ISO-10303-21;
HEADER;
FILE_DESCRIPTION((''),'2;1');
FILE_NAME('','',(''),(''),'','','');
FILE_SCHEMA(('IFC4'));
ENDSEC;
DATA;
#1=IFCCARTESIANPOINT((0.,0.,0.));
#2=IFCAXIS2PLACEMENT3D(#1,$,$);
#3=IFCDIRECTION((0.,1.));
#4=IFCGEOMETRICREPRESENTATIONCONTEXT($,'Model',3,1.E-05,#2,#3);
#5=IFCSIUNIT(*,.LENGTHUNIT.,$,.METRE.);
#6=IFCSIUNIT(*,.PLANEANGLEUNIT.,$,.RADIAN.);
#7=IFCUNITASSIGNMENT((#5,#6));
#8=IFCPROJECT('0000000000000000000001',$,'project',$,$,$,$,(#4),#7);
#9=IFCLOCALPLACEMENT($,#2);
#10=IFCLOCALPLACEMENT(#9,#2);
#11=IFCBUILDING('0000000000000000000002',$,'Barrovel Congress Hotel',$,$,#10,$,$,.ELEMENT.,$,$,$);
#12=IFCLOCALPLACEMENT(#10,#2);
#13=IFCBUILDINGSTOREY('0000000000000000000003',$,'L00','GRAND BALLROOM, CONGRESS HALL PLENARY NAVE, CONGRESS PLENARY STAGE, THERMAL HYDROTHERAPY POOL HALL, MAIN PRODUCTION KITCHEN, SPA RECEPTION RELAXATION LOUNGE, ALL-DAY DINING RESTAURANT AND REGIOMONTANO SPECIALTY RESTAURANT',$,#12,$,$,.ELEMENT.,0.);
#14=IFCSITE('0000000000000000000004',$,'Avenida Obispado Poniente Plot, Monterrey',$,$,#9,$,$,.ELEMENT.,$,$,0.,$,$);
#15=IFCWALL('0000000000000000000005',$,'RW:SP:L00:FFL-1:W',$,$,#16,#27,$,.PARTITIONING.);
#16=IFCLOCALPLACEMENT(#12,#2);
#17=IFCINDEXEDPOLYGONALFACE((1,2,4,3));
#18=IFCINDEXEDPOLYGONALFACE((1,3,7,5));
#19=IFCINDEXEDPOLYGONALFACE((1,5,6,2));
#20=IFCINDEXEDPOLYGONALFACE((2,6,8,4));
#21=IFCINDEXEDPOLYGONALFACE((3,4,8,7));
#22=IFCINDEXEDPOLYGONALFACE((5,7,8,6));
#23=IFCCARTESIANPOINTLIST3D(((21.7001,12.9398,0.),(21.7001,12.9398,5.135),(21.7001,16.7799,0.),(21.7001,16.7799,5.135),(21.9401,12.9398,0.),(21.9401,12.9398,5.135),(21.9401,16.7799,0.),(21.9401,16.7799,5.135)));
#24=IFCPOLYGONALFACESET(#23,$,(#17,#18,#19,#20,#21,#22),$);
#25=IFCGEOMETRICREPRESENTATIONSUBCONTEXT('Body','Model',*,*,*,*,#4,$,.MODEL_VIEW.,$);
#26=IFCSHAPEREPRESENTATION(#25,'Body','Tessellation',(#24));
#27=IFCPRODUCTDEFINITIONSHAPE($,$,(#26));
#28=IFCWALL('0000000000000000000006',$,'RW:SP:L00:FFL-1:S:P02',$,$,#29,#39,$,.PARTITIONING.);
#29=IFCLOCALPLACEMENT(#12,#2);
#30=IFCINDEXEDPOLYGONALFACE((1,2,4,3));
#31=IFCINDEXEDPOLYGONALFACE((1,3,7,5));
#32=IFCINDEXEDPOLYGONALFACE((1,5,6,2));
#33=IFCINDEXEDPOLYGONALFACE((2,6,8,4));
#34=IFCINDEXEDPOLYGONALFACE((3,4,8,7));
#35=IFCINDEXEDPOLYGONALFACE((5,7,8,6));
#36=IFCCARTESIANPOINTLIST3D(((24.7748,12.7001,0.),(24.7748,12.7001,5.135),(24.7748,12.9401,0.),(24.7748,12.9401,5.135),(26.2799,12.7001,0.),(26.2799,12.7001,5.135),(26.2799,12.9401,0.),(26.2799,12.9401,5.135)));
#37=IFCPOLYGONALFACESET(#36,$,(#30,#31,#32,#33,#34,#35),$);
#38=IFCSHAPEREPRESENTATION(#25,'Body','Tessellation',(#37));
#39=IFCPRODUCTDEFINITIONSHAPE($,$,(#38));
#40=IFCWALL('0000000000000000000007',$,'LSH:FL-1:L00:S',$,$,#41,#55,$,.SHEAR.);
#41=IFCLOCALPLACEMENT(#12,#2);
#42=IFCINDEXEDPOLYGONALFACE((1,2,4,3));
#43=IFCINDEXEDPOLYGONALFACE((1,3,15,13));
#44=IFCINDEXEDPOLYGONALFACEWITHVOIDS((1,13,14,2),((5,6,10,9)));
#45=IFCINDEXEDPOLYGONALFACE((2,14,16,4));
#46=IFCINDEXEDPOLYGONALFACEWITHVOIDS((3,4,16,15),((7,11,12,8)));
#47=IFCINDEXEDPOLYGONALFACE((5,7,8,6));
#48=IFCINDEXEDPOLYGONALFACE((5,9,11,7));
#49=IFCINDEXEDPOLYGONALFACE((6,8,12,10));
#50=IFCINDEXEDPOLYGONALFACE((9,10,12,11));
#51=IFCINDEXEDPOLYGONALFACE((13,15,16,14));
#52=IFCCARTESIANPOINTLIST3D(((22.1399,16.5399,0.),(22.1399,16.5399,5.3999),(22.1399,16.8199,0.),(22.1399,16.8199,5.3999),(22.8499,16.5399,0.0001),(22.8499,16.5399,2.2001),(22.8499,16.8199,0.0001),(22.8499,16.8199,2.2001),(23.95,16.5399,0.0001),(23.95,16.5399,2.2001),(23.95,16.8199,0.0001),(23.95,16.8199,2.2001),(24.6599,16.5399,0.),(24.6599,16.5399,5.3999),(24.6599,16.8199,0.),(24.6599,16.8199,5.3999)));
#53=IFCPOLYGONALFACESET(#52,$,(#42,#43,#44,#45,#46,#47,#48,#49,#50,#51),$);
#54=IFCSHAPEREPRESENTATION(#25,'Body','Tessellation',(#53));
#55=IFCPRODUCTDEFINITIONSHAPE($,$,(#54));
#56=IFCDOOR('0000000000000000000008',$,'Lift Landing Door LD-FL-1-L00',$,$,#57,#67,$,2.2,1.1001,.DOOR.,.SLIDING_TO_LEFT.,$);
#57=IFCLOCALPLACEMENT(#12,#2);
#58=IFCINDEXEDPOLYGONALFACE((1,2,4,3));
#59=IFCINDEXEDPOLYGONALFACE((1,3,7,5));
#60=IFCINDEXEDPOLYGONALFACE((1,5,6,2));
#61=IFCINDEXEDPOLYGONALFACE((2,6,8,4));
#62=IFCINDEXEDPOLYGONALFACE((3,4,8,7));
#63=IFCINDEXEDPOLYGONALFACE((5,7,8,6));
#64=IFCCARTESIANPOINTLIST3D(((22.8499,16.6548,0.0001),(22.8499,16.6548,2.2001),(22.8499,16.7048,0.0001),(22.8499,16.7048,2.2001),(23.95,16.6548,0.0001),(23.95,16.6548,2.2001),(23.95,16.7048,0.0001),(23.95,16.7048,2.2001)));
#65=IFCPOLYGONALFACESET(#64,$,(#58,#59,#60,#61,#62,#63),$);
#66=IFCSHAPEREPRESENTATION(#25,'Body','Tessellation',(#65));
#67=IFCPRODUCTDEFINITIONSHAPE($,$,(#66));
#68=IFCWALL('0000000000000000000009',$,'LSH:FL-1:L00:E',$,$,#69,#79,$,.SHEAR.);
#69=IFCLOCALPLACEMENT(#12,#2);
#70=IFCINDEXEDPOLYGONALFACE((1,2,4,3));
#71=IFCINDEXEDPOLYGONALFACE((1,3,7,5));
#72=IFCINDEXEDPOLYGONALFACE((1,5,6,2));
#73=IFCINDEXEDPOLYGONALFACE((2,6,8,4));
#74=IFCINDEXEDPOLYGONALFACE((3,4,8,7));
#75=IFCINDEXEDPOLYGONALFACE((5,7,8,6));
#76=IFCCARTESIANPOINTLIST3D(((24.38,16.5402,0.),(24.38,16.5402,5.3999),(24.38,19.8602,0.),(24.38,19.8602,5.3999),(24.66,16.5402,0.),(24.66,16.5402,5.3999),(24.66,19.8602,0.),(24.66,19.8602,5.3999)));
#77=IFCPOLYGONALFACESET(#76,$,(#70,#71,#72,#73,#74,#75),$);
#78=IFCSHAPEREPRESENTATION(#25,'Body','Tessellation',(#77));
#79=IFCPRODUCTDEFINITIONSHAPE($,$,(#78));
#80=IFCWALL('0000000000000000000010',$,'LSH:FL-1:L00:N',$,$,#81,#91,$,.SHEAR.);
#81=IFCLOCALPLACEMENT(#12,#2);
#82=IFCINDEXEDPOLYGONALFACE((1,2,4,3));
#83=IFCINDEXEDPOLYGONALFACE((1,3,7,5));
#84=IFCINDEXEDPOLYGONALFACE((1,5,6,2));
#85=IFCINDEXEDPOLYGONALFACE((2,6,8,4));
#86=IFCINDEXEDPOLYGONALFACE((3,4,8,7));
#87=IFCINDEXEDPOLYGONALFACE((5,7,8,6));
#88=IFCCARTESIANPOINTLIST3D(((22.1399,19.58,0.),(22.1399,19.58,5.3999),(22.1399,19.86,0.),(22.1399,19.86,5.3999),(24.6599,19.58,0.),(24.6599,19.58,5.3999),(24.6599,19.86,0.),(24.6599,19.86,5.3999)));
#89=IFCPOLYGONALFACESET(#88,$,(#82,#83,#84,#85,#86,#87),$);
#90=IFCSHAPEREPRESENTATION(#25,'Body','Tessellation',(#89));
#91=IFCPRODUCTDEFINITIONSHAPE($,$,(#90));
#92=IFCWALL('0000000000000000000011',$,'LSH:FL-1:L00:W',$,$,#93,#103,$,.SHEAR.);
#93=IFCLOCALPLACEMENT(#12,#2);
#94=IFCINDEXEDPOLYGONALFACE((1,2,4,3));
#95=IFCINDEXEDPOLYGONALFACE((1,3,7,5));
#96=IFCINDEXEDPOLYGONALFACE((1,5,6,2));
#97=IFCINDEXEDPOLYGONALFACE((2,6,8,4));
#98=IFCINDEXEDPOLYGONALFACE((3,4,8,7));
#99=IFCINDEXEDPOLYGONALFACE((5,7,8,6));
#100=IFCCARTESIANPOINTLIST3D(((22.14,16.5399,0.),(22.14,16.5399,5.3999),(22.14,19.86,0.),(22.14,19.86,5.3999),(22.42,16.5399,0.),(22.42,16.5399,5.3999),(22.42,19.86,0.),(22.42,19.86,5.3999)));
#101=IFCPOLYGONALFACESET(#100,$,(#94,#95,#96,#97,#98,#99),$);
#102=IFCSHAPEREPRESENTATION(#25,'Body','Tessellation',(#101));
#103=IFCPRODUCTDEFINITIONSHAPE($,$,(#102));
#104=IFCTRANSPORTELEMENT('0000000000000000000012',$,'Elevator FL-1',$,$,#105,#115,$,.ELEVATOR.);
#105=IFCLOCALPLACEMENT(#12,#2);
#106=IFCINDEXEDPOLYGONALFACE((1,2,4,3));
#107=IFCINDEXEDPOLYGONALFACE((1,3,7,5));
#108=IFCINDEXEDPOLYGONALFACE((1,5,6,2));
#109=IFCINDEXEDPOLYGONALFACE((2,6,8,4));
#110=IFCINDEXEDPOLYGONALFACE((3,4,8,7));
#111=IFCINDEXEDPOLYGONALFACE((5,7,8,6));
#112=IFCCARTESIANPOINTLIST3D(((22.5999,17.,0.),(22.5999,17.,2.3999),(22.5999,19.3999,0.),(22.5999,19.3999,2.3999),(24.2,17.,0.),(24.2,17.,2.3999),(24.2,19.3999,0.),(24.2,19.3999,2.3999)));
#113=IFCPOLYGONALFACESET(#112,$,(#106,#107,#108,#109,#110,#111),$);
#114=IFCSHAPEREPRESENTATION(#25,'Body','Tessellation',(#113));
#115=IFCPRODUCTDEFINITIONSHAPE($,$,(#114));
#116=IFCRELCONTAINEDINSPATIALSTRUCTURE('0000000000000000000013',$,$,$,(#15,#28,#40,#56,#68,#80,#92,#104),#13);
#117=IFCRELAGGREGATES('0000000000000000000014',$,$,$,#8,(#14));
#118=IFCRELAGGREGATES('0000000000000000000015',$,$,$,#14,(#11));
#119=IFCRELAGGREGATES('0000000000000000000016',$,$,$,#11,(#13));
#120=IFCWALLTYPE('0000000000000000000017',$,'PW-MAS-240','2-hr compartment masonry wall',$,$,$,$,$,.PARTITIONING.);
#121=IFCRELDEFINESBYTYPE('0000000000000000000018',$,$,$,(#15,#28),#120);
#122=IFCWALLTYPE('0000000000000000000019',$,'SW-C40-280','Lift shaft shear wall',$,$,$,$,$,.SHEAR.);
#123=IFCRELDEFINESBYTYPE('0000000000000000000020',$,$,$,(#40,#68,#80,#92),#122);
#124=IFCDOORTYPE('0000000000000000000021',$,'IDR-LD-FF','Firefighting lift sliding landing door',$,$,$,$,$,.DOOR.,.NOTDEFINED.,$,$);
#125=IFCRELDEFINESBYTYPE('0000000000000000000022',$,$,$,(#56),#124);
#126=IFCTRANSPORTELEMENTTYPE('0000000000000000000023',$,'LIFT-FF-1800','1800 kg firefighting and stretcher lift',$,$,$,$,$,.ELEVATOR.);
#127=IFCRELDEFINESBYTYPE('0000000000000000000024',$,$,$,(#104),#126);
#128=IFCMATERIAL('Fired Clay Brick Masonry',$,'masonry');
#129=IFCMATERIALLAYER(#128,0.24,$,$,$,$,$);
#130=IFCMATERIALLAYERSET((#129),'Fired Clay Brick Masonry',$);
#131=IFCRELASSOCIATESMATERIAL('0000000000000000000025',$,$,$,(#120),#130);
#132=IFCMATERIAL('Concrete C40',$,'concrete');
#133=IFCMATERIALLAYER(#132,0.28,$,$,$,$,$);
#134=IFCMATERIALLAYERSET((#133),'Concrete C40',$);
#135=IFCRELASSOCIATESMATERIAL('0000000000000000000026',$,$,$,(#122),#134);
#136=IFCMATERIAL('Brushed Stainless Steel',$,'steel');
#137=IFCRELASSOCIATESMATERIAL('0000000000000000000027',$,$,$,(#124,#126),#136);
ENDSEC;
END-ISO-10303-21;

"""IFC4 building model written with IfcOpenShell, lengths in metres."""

from ifc_helpers import new_model, si_unit, direction, frame, frame_2d, origin, origin_2d, place, context, subcontext, project, spatial, rectangle, extrude, material, layer, layer_set, type_object, element, fill, save


model = new_model("IFC4")

# Units and contexts
model_context = context("Model", 3, precision=1e-05, world=origin(), true_north=direction((0.0, 1.0)))
body_context = subcontext(model_context, "Body", "Model", "MODEL_VIEW")
ifc_project = project(units=[si_unit("LENGTHUNIT", "METRE"), si_unit("PLANEANGLEUNIT", "RADIAN")], contexts=[model_context])

# Site, building, storey
site_placement = place(None, origin())
site = spatial("IfcSite", under=ifc_project, at=site_placement, Name="Avenida Obispado Poniente Plot, Monterrey", CompositionType="ELEMENT", RefElevation=0.0)
building_placement = place(site_placement, origin())
building = spatial("IfcBuilding", under=site, at=building_placement, Name="Barrovel Congress Hotel", CompositionType="ELEMENT")
storey_placement = place(building_placement, origin())
storey = spatial("IfcBuildingStorey", under=building, at=storey_placement, Name="L00", Description="GRAND BALLROOM, CONGRESS HALL PLENARY NAVE, CONGRESS PLENARY STAGE, THERMAL HYDROTHERAPY POOL HALL, MAIN PRODUCTION KITCHEN, SPA RECEPTION RELAXATION LOUNGE, ALL-DAY DINING RESTAURANT AND REGIOMONTANO SPECIALTY RESTAURANT", CompositionType="ELEMENT", Elevation=0.0)

# Shared definitions
ifc_material_1 = material(Name="Concrete C40", Category="concrete")

# Shared definitions
ifc_material_2 = material(Name="Fired Clay Brick Masonry", Category="masonry")

# Shared definitions
ifc_layer_1 = layer(ifc_material_2, 0.24)
ifc_layer_set_1 = layer_set([ifc_layer_1], Name="Fired Clay Brick Masonry")
wall_type_1 = type_object("IfcWallType", Name="PW-MAS-240", Description="2-hr compartment masonry wall", PredefinedType="PARTITIONING", material=ifc_layer_set_1)

# Walls
wall_1_placement = place(storey_placement, frame((21.8201, 12.9399, 0.0), z_axis=(0.0, 0.0, 1.0), x_axis=(0.0, 1.0, 0.0)))
element("IfcWall", 1, at=wall_1_placement, inside=storey, type_object=wall_type_1, Name="RW:SP:L00:FFL-1:W", PredefinedType="PARTITIONING", context=body_context, shape_type="SweptSolid", body=[
    extrude(rectangle(XDim=3.8401, YDim=0.24, at=frame_2d((1.9199, 0.0))), origin(), (0.0, 0.0, 1.0), 5.135),
])
wall_2_placement = place(storey_placement, frame((24.7749, 12.8201, 0.0), z_axis=(0.0, 0.0, 1.0), x_axis=(1.0, 0.0, 0.0)))
element("IfcWall", 2, at=wall_2_placement, inside=storey, type_object=wall_type_1, Name="RW:SP:L00:FFL-1:S:P02", PredefinedType="PARTITIONING", context=body_context, shape_type="SweptSolid", body=[
    extrude(rectangle(XDim=1.5051, YDim=0.24, at=frame_2d((0.7524, 0.0))), origin(), (0.0, 0.0, 1.0), 5.135),
])

# Wall, opening, door
ifc_layer_2 = layer(ifc_material_1, 0.28)
ifc_layer_set_2 = layer_set([ifc_layer_2], Name="Concrete C40")
wall_type_2 = type_object("IfcWallType", Name="SW-C40-280", Description="Lift shaft shear wall", PredefinedType="SHEAR", material=ifc_layer_set_2)
wall_3_placement = place(storey_placement, frame((22.1399, 16.6799, 0.0), z_axis=(0.0, 0.0, 1.0), x_axis=(1.0, 0.0, 0.0)))
wall_3 = element("IfcWall", 3, at=wall_3_placement, inside=storey, type_object=wall_type_2, Name="LSH:FL-1:L00:S", PredefinedType="SHEAR", context=body_context, shape_type="SweptSolid", body=[
    extrude(rectangle(XDim=2.52, YDim=0.28, at=frame_2d((1.26, 0.0))), origin(), (0.0, 0.0, 1.0), 5.3999),
])
opening_1_placement = place(wall_3_placement, frame((0.71, 0.0, 0.0)))
opening_1 = element("IfcOpeningElement", 4, at=opening_1_placement, cuts=wall_3, PredefinedType="OPENING", context=body_context, shape_type="SweptSolid", body=[
    extrude(rectangle(XDim=1.1001, YDim=2.2, at=frame_2d((0.55, 1.1001))), frame((0.0, 0.1499, 0.0), z_axis=(0.0, -1.0, 0.0), x_axis=(1.0, 0.0, 0.0)), (0.0, 0.0, 1.0), 0.3),
])
ifc_material_3 = material(Name="Brushed Stainless Steel", Category="steel")
door_type_1 = type_object("IfcDoorType", Name="IDR-LD-FF", Description="Firefighting lift sliding landing door", OperationType="NOTDEFINED", PredefinedType="DOOR", material=ifc_material_3)
door_1_placement = place(opening_1_placement, origin())
door_1 = element("IfcDoor", 5, at=door_1_placement, inside=storey, type_object=door_type_1, Name="Lift Landing Door LD-FL-1-L00", OperationType="SLIDING_TO_LEFT", OverallHeight=2.2, OverallWidth=1.1001, PredefinedType="DOOR", context=body_context, shape_type="SweptSolid", body=[
    extrude(rectangle(XDim=1.1001, YDim=2.2, at=frame_2d((0.55, 1.1001))), frame((0.0, 0.0249, 0.0), z_axis=(0.0, -1.0, 0.0), x_axis=(1.0, 0.0, 0.0)), (0.0, 0.0, 1.0), 0.05),
])
fill(opening_1, door_1)

# Walls
wall_4_placement = place(storey_placement, frame((24.52, 16.54, 0.0), z_axis=(0.0, 0.0, 1.0), x_axis=(0.0, 1.0, 0.0)))
element("IfcWall", 6, at=wall_4_placement, inside=storey, type_object=wall_type_2, Name="LSH:FL-1:L00:E", PredefinedType="SHEAR", context=body_context, shape_type="SweptSolid", body=[
    extrude(rectangle(XDim=3.3201, YDim=0.28, at=frame_2d((1.6602, 0.0))), origin(), (0.0, 0.0, 1.0), 5.3999),
])
wall_5_placement = place(storey_placement, frame((24.6599, 19.72, 0.0), z_axis=(0.0, 0.0, 1.0), x_axis=(-1.0, 0.0, 0.0)))
element("IfcWall", 7, at=wall_5_placement, inside=storey, type_object=wall_type_2, Name="LSH:FL-1:L00:N", PredefinedType="SHEAR", context=body_context, shape_type="SweptSolid", body=[
    extrude(rectangle(XDim=2.52, YDim=0.28, at=frame_2d((1.26, 0.0))), origin(), (0.0, 0.0, 1.0), 5.3999),
])
wall_6_placement = place(storey_placement, frame((22.28, 19.8601, 0.0), z_axis=(0.0, 0.0, 1.0), x_axis=(0.0, -1.0, 0.0)))
element("IfcWall", 8, at=wall_6_placement, inside=storey, type_object=wall_type_2, Name="LSH:FL-1:L00:W", PredefinedType="SHEAR", context=body_context, shape_type="SweptSolid", body=[
    extrude(rectangle(XDim=3.3201, YDim=0.28, at=frame_2d((1.6602, 0.0))), origin(), (0.0, 0.0, 1.0), 5.3999),
])

# Transport element
transport_element_type = type_object("IfcTransportElementType", Name="LIFT-FF-1800", Description="1800 kg firefighting and stretcher lift", PredefinedType="ELEVATOR", material=ifc_material_3)
transport_element_placement = place(storey_placement, frame((23.3999, 18.2, 0.0), z_axis=(0.0, 0.0, 1.0), x_axis=(1.0, 0.0, 0.0)))
element("IfcTransportElement", 9, at=transport_element_placement, inside=storey, type_object=transport_element_type, Name="Elevator FL-1", PredefinedType="ELEVATOR", context=body_context, shape_type="SweptSolid", body=[
    extrude(rectangle(XDim=1.6001, YDim=2.3999, at=origin_2d()), origin(), (0.0, 0.0, 1.0), 2.3999),
])

save(model, "model.ifc")
